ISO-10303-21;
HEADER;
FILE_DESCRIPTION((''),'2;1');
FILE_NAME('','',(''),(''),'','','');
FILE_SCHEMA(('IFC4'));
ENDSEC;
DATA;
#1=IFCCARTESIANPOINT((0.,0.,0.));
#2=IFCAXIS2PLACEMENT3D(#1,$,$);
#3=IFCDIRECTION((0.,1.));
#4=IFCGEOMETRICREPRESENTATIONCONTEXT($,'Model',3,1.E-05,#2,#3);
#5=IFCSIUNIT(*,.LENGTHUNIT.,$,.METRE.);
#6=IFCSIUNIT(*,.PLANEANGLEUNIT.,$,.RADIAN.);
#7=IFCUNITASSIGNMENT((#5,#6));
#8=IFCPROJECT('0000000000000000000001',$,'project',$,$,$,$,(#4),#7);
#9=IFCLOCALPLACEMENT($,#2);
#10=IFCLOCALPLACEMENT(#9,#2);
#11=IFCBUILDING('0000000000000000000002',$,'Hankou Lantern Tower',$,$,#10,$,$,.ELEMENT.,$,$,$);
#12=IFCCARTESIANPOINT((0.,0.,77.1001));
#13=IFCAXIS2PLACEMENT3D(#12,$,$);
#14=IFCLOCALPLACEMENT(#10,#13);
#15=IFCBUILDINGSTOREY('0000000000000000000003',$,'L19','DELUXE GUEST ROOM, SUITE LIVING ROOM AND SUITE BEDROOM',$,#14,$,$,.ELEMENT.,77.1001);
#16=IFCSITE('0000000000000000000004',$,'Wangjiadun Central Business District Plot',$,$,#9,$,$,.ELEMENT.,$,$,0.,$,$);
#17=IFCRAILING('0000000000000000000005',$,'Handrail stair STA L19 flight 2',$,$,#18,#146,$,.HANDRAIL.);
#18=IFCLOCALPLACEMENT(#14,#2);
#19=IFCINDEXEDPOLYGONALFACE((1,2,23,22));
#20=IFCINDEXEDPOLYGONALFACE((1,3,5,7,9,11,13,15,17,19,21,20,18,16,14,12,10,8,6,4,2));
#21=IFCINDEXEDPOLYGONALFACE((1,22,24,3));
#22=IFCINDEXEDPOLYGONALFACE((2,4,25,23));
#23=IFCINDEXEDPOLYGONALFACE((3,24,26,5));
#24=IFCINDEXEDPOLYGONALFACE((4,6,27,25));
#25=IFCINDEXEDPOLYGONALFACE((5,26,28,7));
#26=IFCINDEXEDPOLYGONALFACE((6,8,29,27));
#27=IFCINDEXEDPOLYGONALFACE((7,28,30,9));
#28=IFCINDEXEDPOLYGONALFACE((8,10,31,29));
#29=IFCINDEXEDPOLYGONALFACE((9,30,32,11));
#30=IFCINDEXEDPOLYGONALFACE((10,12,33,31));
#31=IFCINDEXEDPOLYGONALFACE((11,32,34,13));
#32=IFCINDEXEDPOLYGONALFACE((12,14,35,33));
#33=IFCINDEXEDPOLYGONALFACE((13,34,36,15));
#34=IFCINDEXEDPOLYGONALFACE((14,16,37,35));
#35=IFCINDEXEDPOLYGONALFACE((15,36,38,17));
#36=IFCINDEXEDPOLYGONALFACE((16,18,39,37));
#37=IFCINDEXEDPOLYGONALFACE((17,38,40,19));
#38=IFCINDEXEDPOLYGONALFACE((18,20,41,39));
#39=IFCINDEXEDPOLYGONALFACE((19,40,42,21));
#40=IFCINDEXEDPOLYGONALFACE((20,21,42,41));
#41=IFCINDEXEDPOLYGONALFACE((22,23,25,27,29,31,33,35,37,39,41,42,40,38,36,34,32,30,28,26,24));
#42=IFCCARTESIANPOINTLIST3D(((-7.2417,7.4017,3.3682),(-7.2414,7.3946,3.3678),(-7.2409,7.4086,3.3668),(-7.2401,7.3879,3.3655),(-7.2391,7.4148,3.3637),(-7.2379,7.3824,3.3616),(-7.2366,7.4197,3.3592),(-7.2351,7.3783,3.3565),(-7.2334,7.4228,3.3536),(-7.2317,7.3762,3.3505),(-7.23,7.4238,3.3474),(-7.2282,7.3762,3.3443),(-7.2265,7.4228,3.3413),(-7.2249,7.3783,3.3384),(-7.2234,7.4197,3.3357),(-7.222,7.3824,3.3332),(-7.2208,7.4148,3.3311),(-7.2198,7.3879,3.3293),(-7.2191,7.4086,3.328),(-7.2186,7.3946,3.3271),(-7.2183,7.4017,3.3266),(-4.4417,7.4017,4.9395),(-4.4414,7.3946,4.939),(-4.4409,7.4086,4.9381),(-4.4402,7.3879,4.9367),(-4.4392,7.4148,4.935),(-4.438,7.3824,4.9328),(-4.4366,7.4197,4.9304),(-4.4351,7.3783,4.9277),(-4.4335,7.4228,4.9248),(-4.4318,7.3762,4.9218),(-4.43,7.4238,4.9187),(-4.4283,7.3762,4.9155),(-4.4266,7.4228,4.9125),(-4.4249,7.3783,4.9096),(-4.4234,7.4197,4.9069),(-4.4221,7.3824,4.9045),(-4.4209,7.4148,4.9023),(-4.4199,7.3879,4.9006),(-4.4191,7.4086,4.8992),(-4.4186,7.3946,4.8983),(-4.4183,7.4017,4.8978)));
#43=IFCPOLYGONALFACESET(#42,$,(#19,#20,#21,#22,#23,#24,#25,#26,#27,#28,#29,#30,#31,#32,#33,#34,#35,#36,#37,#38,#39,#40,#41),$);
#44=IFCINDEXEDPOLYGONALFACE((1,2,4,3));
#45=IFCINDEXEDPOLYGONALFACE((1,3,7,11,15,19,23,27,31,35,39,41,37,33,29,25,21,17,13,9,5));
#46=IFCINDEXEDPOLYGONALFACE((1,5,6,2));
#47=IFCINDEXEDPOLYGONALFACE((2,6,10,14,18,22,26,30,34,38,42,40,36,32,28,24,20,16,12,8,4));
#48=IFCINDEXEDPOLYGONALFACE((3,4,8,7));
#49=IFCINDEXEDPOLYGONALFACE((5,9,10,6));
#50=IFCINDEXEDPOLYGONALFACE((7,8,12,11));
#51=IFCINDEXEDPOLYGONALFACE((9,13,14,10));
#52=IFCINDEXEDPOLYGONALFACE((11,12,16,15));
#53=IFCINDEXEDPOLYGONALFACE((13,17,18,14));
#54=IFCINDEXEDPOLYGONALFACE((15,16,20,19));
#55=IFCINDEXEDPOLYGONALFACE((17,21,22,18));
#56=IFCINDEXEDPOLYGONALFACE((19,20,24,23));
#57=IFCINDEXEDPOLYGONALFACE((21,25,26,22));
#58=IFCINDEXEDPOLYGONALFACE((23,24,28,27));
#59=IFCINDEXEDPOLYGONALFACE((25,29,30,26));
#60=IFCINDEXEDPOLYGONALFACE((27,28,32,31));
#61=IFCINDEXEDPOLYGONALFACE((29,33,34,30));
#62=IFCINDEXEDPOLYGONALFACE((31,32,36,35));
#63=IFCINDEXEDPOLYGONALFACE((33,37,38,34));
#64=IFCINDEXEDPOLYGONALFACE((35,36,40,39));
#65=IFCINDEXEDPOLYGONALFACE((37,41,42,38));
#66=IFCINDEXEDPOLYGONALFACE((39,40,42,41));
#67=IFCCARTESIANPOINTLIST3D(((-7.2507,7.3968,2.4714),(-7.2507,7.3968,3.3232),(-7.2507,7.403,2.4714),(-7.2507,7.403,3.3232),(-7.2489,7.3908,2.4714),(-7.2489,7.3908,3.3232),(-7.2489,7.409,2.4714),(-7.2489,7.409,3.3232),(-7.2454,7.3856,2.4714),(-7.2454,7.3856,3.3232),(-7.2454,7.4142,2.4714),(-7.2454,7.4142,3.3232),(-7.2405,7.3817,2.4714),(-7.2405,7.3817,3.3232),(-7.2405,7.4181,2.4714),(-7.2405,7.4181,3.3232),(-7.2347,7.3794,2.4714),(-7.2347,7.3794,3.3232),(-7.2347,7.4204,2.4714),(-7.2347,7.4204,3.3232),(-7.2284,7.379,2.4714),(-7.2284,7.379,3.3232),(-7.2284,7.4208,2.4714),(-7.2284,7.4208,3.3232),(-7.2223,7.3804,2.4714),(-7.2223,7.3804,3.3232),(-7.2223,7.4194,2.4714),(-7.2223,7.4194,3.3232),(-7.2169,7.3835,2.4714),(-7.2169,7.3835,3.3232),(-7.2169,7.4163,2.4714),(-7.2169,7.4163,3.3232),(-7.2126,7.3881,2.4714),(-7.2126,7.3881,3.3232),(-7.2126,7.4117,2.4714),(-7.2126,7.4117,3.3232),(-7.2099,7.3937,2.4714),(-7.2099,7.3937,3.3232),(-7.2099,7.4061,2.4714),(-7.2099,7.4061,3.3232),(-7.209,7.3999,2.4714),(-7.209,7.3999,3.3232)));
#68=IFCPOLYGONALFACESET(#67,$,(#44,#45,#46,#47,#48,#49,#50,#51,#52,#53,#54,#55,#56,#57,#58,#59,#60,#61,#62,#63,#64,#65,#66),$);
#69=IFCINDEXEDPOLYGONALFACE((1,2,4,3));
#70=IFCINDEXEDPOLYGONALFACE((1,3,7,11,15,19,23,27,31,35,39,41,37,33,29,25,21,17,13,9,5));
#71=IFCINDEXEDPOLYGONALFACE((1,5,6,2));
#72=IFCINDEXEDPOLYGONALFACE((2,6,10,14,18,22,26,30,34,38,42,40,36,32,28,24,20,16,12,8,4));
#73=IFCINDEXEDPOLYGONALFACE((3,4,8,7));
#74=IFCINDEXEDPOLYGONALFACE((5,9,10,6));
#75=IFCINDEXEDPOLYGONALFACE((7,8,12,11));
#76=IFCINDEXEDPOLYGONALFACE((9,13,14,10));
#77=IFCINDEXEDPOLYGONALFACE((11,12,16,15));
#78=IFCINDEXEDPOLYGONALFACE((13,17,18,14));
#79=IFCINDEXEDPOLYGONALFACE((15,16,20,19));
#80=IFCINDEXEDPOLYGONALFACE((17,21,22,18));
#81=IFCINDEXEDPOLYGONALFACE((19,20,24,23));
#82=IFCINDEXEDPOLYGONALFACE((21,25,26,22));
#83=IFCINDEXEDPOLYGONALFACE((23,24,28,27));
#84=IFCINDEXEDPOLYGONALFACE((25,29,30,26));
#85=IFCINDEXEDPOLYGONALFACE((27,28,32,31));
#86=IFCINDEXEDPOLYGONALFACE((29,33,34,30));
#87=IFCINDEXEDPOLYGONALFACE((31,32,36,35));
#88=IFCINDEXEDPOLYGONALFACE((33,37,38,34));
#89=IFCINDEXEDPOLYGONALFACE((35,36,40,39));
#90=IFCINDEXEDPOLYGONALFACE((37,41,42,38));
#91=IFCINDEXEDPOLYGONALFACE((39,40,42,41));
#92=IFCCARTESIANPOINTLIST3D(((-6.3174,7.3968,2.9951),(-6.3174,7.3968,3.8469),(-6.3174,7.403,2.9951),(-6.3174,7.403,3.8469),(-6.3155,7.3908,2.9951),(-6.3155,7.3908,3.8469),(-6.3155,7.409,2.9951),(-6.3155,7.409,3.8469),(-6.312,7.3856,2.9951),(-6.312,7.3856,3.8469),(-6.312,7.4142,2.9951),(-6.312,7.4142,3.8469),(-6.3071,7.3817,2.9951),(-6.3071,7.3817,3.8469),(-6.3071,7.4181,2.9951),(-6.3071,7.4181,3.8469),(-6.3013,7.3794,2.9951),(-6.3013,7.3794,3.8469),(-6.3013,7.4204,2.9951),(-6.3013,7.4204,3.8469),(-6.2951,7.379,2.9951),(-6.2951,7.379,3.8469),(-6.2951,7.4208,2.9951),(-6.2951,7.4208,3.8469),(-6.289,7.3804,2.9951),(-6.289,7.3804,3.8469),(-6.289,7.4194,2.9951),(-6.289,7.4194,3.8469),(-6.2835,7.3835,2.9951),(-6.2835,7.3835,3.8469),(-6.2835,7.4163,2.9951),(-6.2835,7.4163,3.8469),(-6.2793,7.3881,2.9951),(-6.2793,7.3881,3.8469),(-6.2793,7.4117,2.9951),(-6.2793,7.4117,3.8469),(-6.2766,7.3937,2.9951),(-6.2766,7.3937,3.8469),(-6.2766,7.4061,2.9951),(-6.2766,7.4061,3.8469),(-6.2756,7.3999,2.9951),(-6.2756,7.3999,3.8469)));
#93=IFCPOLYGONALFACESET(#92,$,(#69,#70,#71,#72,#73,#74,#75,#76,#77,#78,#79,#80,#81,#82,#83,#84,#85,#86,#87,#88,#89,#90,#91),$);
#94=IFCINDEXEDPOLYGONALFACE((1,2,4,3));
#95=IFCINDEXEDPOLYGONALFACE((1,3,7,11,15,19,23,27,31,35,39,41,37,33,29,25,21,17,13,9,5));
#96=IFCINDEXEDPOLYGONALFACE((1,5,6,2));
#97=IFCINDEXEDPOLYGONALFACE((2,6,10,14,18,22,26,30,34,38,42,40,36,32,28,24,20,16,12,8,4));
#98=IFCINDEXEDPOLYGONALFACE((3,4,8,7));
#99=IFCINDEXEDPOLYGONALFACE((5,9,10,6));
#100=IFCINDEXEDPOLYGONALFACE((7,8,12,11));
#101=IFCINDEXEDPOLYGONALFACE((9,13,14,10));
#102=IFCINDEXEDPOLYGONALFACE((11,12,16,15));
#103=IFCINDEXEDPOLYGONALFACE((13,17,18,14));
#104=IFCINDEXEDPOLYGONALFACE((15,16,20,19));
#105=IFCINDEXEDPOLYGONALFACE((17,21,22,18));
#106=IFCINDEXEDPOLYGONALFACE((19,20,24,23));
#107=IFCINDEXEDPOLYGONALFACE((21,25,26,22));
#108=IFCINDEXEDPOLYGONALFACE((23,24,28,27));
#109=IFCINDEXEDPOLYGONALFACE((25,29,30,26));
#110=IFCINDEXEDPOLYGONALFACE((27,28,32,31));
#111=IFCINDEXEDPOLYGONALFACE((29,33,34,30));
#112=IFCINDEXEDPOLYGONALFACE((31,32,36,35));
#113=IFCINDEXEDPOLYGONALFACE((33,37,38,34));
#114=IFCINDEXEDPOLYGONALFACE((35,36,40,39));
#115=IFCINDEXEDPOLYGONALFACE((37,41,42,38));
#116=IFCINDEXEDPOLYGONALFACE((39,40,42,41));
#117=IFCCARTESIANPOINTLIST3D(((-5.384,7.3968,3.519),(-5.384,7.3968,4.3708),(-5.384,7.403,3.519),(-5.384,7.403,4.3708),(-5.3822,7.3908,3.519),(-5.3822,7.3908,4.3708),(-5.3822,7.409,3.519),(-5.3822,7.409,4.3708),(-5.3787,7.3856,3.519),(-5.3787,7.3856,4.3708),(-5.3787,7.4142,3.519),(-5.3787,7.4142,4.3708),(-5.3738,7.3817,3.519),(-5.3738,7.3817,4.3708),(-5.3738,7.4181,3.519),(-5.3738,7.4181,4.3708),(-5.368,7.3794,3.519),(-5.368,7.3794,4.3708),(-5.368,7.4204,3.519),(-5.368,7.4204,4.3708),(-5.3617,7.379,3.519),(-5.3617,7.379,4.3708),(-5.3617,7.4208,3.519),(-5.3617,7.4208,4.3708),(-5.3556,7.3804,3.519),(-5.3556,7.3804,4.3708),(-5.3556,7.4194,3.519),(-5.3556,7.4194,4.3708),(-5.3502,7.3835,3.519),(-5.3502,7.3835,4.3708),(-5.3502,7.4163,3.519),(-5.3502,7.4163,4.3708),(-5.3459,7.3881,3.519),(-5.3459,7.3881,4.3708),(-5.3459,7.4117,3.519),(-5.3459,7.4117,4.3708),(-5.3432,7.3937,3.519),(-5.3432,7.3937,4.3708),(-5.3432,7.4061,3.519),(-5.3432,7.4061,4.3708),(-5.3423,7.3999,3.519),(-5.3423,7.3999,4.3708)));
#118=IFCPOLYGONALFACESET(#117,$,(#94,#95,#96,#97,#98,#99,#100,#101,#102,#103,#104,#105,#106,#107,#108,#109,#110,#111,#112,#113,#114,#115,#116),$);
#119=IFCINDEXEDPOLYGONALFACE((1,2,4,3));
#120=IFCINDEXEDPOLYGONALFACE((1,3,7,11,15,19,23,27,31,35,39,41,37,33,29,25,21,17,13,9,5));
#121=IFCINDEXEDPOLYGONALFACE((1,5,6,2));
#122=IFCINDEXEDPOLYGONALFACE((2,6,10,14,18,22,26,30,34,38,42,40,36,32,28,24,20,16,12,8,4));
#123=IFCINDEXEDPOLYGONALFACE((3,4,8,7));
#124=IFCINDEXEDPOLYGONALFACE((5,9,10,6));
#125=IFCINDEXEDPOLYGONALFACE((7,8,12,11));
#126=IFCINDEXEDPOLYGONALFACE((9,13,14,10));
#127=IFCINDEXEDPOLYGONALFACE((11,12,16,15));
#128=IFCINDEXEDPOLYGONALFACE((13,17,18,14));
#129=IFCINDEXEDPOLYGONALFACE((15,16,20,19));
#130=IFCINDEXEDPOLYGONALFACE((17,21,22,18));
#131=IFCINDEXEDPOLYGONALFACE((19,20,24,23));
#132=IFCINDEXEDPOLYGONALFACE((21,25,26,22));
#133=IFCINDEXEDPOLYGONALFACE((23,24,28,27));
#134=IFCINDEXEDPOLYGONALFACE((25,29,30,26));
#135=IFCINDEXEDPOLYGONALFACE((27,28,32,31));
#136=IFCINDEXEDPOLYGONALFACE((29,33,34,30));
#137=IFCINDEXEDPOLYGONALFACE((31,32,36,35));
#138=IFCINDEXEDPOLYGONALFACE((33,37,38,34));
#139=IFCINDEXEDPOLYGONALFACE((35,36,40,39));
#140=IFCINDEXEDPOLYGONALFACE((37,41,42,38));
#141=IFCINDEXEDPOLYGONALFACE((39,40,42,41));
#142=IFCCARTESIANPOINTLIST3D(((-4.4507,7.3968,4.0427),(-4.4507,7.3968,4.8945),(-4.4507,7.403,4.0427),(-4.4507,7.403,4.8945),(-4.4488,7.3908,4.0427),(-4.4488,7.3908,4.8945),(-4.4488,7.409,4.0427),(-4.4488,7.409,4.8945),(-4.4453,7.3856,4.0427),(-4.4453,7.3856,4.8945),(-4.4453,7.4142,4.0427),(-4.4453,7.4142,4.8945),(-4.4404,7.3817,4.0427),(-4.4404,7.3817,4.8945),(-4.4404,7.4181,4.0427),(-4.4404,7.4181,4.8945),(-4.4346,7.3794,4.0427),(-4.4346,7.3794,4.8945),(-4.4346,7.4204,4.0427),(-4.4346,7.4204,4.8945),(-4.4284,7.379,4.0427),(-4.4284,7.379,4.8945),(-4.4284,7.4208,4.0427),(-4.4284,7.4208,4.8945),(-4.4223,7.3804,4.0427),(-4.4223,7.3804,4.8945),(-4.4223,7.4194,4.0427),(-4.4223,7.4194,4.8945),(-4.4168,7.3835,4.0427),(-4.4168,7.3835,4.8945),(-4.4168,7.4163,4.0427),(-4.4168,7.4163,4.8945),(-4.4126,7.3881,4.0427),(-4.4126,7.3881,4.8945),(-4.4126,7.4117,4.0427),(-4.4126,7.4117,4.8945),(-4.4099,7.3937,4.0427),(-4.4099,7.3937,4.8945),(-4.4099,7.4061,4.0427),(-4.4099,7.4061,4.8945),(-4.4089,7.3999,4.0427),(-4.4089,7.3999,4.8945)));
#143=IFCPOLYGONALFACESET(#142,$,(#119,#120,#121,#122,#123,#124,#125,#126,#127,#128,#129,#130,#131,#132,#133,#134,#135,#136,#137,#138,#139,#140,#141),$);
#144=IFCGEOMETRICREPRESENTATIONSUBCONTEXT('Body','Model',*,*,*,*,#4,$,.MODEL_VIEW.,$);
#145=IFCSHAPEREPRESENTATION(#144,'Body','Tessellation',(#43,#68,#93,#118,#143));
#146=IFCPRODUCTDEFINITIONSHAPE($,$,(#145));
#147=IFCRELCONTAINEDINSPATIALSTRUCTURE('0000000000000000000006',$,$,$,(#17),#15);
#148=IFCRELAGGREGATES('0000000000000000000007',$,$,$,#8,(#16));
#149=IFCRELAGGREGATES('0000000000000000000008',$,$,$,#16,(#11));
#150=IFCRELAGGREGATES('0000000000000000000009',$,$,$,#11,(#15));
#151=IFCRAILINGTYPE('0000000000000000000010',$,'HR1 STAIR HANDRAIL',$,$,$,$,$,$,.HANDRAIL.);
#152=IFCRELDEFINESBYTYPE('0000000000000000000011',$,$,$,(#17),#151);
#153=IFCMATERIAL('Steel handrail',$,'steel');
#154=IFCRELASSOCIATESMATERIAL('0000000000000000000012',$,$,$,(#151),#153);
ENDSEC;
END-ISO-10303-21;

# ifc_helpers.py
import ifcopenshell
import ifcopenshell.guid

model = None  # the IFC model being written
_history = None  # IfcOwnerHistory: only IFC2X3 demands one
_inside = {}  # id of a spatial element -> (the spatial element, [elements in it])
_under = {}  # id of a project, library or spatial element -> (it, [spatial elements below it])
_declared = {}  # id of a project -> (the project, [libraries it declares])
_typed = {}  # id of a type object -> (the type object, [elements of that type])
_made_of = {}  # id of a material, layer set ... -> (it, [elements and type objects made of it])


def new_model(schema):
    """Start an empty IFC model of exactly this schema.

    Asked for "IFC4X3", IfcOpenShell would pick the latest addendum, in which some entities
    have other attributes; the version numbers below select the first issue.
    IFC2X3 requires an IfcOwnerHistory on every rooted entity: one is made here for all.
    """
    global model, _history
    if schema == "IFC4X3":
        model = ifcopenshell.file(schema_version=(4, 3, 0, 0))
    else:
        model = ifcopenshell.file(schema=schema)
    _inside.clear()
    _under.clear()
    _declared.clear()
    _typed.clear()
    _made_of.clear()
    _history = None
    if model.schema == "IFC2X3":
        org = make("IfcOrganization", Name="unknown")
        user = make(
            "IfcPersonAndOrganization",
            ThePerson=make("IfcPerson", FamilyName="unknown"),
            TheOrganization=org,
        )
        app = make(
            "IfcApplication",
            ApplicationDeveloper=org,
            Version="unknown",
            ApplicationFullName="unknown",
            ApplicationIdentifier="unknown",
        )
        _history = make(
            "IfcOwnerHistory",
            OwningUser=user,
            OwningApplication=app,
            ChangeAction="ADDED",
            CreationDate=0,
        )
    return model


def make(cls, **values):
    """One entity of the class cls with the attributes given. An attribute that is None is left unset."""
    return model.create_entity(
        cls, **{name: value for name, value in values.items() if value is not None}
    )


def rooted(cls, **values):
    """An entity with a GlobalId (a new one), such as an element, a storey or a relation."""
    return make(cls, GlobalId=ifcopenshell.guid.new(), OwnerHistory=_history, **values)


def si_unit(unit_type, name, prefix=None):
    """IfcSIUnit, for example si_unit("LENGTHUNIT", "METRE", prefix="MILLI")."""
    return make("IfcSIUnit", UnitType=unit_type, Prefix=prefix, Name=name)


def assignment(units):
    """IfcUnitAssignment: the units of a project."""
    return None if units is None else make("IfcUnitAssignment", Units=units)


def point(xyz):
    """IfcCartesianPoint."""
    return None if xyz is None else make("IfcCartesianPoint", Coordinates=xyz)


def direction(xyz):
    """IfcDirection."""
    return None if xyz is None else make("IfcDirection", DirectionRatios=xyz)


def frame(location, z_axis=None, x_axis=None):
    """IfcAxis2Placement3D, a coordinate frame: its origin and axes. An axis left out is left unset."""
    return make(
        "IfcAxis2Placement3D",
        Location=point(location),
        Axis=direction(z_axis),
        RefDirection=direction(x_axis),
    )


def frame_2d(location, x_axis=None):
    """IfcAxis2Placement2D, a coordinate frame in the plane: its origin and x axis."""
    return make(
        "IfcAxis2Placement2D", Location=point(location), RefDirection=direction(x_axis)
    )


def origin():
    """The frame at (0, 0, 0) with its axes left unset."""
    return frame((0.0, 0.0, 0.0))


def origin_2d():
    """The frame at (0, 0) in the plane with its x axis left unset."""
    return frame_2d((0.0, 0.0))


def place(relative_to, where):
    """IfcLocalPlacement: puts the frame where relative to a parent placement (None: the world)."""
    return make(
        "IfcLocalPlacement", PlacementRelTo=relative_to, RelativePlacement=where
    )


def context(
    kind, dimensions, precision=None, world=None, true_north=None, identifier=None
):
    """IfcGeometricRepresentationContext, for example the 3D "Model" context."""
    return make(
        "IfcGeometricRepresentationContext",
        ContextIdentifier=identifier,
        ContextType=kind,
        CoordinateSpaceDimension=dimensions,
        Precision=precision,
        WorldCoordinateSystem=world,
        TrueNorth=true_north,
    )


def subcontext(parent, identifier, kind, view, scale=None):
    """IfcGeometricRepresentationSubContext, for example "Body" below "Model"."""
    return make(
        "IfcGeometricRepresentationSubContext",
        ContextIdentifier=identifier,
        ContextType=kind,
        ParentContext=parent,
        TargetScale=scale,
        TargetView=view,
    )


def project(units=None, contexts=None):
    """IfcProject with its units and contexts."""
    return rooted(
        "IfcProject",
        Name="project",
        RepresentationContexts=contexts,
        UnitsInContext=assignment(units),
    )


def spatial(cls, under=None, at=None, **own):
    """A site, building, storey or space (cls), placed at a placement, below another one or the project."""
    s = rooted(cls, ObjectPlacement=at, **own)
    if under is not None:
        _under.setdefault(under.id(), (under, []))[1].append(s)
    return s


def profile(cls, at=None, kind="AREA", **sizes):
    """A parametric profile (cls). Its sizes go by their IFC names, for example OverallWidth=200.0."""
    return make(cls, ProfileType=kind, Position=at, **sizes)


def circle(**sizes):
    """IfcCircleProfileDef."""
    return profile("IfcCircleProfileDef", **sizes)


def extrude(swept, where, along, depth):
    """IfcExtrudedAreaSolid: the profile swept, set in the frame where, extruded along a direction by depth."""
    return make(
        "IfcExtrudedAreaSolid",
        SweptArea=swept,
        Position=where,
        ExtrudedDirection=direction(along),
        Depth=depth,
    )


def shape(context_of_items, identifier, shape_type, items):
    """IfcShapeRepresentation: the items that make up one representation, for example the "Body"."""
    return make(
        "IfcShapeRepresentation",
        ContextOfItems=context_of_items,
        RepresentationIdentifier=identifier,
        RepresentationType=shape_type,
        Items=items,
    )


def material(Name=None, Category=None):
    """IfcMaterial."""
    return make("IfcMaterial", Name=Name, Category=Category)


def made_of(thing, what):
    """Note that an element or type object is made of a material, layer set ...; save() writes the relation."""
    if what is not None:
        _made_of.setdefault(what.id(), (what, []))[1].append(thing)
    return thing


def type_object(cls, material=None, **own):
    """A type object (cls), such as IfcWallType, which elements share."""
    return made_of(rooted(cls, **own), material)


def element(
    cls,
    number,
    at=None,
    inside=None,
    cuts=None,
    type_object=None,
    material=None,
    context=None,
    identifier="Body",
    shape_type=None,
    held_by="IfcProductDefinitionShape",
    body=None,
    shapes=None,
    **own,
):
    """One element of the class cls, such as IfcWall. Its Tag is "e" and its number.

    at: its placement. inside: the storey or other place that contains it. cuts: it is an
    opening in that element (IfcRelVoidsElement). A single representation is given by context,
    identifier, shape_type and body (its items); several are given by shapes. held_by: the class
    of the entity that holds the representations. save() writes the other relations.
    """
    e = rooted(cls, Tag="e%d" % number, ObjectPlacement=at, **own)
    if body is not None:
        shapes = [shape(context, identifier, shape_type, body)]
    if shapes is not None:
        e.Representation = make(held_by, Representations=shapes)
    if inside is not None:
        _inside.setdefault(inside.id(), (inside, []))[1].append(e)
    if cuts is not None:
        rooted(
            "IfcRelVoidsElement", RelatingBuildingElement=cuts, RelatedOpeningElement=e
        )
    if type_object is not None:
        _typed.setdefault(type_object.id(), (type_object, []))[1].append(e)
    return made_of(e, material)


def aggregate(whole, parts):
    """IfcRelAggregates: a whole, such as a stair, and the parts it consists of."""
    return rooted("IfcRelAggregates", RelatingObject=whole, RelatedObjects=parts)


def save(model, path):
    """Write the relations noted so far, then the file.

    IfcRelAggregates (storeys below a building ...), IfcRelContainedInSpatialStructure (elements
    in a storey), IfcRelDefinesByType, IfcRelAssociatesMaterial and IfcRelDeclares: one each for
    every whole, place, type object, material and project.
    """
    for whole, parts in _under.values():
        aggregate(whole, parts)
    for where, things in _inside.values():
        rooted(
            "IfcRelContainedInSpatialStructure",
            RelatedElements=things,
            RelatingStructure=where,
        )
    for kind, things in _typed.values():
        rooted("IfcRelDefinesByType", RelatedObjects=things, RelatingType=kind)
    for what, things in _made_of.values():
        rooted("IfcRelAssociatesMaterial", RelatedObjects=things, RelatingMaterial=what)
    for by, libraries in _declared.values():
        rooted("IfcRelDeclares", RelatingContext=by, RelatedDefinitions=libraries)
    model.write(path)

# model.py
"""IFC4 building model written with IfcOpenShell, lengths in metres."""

from ifc_helpers import new_model, si_unit, direction, frame, origin, origin_2d, place, context, subcontext, project, spatial, circle, extrude, material, type_object, element, save


model = new_model("IFC4")

# Units and contexts
model_context = context("Model", 3, precision=1e-05, world=origin(), true_north=direction((0.0, 1.0)))
body_context = subcontext(model_context, "Body", "Model", "MODEL_VIEW")
ifc_project = project(units=[si_unit("LENGTHUNIT", "METRE"), si_unit("PLANEANGLEUNIT", "RADIAN")], contexts=[model_context])

# Site, building, storey
site_placement = place(None, origin())
site = spatial("IfcSite", under=ifc_project, at=site_placement, Name="Wangjiadun Central Business District Plot", CompositionType="ELEMENT", RefElevation=0.0)
building_placement = place(site_placement, origin())
building = spatial("IfcBuilding", under=site, at=building_placement, Name="Hankou Lantern Tower", CompositionType="ELEMENT")
storey_placement = place(building_placement, frame((0.0, 0.0, 77.1001)))
storey = spatial("IfcBuildingStorey", under=building, at=storey_placement, Name="L19", Description="DELUXE GUEST ROOM, SUITE LIVING ROOM AND SUITE BEDROOM", CompositionType="ELEMENT", Elevation=77.1001)

# Railing
ifc_material_1 = material(Name="Steel handrail", Category="steel")
railing_type = type_object("IfcRailingType", Name="HR1 STAIR HANDRAIL", PredefinedType="HANDRAIL", material=ifc_material_1)
railing_1_placement = place(storey_placement, frame((-7.23, 7.3999, 2.4714)))
element("IfcRailing", 1, at=railing_1_placement, inside=storey, type_object=railing_type, Name="Handrail stair STA L19 flight 2", PredefinedType="HANDRAIL", context=body_context, shape_type="SweptSolid", body=[
    extrude(circle(Radius=0.0239, at=origin_2d()), frame((0.0, 0.0, 0.876), z_axis=(0.872073, 0.0, 0.489377), x_axis=(0.0, 1.0, 0.0)), (0.0, 0.0, 1.0), 3.2107),
    extrude(circle(Radius=0.021, at=origin_2d()), origin(), (0.0, 0.0, 1.0), 0.8518),
    extrude(circle(Radius=0.021, at=origin_2d()), frame((0.9333, 0.0, 0.5237)), (0.0, 0.0, 1.0), 0.8518),
    extrude(circle(Radius=0.021, at=origin_2d()), frame((1.8667, 0.0, 1.0476)), (0.0, 0.0, 1.0), 0.8518),
    extrude(circle(Radius=0.021, at=origin_2d()), frame((2.8, 0.0, 1.5713)), (0.0, 0.0, 1.0), 0.8518),
])

save(model, "model.ifc")
